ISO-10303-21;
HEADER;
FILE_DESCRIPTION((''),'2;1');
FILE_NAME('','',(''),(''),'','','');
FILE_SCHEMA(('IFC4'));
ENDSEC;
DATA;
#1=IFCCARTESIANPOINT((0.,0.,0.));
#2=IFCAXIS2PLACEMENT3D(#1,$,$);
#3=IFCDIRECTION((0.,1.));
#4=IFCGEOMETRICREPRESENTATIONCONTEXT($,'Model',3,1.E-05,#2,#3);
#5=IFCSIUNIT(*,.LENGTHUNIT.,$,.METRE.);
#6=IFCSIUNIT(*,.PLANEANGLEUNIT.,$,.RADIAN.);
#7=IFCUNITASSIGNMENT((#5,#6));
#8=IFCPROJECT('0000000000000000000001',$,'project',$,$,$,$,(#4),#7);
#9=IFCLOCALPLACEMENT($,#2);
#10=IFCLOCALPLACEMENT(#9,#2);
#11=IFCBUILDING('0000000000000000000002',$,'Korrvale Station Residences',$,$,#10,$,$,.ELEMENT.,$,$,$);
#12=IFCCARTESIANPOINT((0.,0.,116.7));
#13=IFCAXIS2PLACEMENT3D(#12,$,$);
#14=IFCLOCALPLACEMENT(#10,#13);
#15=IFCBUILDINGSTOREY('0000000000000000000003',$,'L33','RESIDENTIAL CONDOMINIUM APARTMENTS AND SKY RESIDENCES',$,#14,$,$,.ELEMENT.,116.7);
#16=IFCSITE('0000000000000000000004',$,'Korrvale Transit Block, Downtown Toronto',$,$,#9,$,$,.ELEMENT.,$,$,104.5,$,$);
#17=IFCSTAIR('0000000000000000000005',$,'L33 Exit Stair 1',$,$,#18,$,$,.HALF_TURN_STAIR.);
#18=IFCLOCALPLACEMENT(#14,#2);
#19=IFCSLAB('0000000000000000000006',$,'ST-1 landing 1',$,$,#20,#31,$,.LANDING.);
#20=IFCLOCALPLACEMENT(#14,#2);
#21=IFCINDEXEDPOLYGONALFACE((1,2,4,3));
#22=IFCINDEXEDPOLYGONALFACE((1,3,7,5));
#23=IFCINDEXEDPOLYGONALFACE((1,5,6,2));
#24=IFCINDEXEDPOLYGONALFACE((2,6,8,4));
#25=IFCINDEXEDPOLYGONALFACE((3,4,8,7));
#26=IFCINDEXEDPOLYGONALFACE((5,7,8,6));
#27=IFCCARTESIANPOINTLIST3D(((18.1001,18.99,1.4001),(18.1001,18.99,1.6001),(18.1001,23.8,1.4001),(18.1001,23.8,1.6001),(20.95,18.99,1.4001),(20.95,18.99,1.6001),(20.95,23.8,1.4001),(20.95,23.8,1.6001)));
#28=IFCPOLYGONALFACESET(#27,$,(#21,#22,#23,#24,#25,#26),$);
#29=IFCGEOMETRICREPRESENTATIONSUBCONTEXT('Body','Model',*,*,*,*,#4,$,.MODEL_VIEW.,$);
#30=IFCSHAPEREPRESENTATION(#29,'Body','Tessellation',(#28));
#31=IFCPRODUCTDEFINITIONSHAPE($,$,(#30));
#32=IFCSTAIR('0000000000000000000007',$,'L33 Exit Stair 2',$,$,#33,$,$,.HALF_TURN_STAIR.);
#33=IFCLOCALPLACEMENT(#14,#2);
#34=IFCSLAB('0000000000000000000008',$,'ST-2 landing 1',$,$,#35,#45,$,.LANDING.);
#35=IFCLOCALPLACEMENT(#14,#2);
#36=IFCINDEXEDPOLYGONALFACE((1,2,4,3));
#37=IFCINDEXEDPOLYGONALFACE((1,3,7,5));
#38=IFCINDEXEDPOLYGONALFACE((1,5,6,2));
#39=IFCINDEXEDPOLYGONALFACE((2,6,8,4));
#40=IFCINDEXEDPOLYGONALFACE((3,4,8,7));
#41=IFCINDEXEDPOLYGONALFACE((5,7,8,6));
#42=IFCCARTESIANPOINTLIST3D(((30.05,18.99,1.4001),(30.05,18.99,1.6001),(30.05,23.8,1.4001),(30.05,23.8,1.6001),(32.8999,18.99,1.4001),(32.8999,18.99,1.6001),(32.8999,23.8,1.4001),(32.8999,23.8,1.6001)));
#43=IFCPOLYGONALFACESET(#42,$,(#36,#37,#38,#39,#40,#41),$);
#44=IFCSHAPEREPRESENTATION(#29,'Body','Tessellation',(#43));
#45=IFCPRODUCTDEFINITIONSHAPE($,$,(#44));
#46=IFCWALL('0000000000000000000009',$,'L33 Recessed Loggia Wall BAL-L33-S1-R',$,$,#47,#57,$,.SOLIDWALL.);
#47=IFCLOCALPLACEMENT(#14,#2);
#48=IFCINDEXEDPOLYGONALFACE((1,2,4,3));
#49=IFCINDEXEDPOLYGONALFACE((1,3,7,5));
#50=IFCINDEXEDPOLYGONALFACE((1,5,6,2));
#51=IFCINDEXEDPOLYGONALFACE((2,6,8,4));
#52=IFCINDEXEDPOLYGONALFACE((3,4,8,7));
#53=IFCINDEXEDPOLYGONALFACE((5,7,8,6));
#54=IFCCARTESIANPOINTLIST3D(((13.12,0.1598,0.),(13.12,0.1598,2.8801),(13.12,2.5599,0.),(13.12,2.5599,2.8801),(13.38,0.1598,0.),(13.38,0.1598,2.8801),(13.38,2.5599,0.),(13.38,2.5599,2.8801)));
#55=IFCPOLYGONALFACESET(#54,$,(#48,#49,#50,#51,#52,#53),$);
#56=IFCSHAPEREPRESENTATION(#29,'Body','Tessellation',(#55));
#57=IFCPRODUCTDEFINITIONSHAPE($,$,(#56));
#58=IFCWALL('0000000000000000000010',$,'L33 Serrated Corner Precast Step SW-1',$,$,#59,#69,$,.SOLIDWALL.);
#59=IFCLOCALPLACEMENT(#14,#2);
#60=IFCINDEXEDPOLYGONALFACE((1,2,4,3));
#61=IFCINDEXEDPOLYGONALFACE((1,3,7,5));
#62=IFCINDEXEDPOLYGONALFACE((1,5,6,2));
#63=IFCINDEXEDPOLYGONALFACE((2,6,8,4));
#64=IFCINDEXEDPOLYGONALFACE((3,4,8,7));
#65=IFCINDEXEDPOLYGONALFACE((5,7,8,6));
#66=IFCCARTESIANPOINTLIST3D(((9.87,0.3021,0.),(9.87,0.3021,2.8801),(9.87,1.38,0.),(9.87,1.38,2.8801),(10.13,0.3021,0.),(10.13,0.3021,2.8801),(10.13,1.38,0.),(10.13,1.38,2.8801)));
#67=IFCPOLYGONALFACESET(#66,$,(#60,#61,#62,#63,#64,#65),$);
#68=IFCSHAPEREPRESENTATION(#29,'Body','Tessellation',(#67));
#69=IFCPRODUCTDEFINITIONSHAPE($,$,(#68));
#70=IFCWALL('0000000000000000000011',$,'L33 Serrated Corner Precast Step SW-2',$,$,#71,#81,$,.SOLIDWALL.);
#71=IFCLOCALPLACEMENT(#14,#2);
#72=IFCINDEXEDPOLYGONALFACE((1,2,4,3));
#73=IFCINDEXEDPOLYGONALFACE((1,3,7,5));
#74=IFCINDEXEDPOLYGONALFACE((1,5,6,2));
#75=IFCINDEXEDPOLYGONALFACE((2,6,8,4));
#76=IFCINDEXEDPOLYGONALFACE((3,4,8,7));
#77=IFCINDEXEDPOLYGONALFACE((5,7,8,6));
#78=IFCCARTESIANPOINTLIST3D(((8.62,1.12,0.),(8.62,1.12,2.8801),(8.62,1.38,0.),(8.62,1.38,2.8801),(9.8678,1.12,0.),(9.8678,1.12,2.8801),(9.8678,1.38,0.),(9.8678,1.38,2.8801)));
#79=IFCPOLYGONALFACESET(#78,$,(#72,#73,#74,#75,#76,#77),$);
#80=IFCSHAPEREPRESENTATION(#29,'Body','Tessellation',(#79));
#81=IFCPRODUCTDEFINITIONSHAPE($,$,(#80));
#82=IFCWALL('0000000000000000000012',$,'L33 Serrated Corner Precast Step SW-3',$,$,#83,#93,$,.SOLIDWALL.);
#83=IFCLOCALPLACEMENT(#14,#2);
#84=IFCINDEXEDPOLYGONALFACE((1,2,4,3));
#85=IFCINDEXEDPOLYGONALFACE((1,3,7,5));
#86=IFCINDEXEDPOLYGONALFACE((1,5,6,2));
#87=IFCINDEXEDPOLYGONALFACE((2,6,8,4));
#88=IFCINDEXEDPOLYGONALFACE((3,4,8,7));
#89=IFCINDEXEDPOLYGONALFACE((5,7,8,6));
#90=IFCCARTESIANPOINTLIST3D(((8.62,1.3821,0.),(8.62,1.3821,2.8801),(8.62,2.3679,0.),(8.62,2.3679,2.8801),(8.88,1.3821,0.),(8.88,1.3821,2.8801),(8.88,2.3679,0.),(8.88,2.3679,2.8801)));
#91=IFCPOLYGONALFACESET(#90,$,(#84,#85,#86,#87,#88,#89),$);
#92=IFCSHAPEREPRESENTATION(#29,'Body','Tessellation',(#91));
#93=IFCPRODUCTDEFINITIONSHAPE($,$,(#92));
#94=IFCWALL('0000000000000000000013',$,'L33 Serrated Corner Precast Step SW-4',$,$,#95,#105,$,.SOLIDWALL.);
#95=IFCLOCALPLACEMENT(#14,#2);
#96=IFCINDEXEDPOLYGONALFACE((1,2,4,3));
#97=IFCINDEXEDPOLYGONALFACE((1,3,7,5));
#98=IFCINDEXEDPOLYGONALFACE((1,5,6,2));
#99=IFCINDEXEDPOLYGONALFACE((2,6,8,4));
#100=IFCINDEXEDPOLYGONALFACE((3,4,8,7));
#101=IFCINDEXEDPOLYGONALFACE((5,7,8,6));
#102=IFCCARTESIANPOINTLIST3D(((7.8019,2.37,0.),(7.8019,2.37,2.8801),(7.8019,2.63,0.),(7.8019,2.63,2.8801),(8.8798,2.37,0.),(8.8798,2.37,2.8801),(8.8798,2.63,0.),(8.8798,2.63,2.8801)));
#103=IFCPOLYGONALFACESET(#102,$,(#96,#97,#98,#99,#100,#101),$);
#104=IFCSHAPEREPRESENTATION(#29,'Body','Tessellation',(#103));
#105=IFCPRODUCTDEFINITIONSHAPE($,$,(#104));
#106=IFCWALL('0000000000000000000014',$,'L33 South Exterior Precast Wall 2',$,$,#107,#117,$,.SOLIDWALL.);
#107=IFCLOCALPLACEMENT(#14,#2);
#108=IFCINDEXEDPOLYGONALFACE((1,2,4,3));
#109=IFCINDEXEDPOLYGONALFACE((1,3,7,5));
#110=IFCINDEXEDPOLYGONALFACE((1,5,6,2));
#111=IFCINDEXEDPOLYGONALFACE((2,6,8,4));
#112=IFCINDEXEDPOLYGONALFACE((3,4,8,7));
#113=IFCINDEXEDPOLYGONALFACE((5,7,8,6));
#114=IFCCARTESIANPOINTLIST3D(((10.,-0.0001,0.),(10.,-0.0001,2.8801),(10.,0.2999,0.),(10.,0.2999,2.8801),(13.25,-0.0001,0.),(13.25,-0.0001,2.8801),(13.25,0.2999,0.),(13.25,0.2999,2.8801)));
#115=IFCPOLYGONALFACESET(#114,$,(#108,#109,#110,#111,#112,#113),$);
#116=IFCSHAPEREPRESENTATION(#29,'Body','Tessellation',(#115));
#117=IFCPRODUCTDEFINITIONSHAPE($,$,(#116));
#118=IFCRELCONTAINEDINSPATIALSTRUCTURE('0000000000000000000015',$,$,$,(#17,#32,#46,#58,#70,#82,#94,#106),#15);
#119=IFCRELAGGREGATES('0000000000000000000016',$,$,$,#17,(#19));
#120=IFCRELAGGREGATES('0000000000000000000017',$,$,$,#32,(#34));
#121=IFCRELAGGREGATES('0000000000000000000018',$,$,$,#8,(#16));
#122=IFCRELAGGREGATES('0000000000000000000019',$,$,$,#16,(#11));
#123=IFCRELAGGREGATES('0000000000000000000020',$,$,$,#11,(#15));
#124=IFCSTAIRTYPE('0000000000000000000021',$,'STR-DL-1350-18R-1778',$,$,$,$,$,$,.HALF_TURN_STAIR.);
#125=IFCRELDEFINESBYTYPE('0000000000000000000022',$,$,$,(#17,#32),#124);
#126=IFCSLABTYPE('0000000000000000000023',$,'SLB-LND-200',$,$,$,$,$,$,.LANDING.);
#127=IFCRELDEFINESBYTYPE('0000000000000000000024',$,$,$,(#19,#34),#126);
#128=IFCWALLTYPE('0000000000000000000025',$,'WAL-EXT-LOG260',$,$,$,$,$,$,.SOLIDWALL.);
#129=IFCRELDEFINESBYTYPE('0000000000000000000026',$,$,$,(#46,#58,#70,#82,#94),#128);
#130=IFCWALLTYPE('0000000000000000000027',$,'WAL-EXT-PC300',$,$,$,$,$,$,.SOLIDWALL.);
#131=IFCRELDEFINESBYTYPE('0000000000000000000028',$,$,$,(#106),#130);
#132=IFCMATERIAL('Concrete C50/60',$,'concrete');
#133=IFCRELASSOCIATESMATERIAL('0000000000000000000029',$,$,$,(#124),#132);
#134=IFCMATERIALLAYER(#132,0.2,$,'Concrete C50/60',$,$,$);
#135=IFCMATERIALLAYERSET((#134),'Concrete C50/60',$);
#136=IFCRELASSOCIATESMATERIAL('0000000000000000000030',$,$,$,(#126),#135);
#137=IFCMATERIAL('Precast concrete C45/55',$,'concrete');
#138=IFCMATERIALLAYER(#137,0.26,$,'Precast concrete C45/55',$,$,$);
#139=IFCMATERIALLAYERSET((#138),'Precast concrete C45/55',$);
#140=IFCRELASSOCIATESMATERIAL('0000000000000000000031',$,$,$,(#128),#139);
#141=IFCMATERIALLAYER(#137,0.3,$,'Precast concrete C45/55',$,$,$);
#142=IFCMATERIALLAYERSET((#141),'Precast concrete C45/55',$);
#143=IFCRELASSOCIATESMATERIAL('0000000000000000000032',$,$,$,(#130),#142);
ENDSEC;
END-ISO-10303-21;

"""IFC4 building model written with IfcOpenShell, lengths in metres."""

from ifc_helpers import new_model, si_unit, direction, frame, frame_2d, origin, place, context, subcontext, project, spatial, polyline, rectangle, outline, extrude, material, layer, layer_set, type_object, element, aggregate, save


model = new_model("IFC4")

# Units and contexts
model_context = context("Model", 3, precision=1e-05, world=origin(), true_north=direction((0.0, 1.0)))
body_context = subcontext(model_context, "Body", "Model", "MODEL_VIEW")
ifc_project = project(units=[si_unit("LENGTHUNIT", "METRE"), si_unit("PLANEANGLEUNIT", "RADIAN")], contexts=[model_context])

# Site, building, storey
site_placement = place(None, origin())
site = spatial("IfcSite", under=ifc_project, at=site_placement, Name="Korrvale Transit Block, Downtown Toronto", CompositionType="ELEMENT", RefElevation=104.5)
building_placement = place(site_placement, origin())
building = spatial("IfcBuilding", under=site, at=building_placement, Name="Korrvale Station Residences", CompositionType="ELEMENT")
storey_placement = place(building_placement, frame((0.0, 0.0, 116.7)))
storey = spatial("IfcBuildingStorey", under=building, at=storey_placement, Name="L33", Description="RESIDENTIAL CONDOMINIUM APARTMENTS AND SKY RESIDENCES", CompositionType="ELEMENT", Elevation=116.7)

# Shared definitions
ifc_material_1 = material(Name="Concrete C50/60", Category="concrete")

# Stairs, slabs
stair_type = type_object("IfcStairType", Name="STR-DL-1350-18R-1778", PredefinedType="HALF_TURN_STAIR", material=ifc_material_1)
stair_1_placement = place(storey_placement, origin())
stair_1 = element("IfcStair", 1, at=stair_1_placement, inside=storey, type_object=stair_type, Name="L33 Exit Stair 1", PredefinedType="HALF_TURN_STAIR")
ifc_layer_1 = layer(ifc_material_1, 0.2, Name="Concrete C50/60")
ifc_layer_set_1 = layer_set([ifc_layer_1], Name="Concrete C50/60")
slab_type_1 = type_object("IfcSlabType", Name="SLB-LND-200", PredefinedType="LANDING", material=ifc_layer_set_1)
slab_1_placement = place(storey_placement, frame((0.0, 0.0, 1.4001)))
slab_1 = element("IfcSlab", 2, at=slab_1_placement, type_object=slab_type_1, Name="ST-1 landing 1", PredefinedType="LANDING", context=body_context, shape_type="SweptSolid", body=[
    extrude(outline(polyline([(20.95, 18.99), (20.95, 23.8), (18.1001, 23.8), (18.1001, 18.99), (20.95, 18.99)])), origin(), (0.0, 0.0, 1.0), 0.2),
])
aggregate(stair_1, [slab_1])
stair_2_placement = place(storey_placement, origin())
stair_2 = element("IfcStair", 3, at=stair_2_placement, inside=storey, type_object=stair_type, Name="L33 Exit Stair 2", PredefinedType="HALF_TURN_STAIR")
slab_2_placement = place(storey_placement, frame((0.0, 0.0, 1.4001)))
slab_2 = element("IfcSlab", 4, at=slab_2_placement, type_object=slab_type_1, Name="ST-2 landing 1", PredefinedType="LANDING", context=body_context, shape_type="SweptSolid", body=[
    extrude(outline(polyline([(32.8999, 18.99), (32.8999, 23.8), (30.05, 23.8), (30.05, 18.99), (32.8999, 18.99)])), origin(), (0.0, 0.0, 1.0), 0.2),
])
aggregate(stair_2, [slab_2])

# Walls
ifc_material_2 = material(Name="Precast concrete C45/55", Category="concrete")
ifc_layer_2 = layer(ifc_material_2, 0.26, Name="Precast concrete C45/55")
ifc_layer_set_2 = layer_set([ifc_layer_2], Name="Precast concrete C45/55")
wall_type_1 = type_object("IfcWallType", Name="WAL-EXT-LOG260", PredefinedType="SOLIDWALL", material=ifc_layer_set_2)
wall_1_placement = place(storey_placement, frame((13.25, 2.5601, 0.0), z_axis=(0.0, 0.0, 1.0), x_axis=(0.0, -1.0, 0.0)))
element("IfcWall", 5, at=wall_1_placement, inside=storey, type_object=wall_type_1, Name="L33 Recessed Loggia Wall BAL-L33-S1-R", PredefinedType="SOLIDWALL", context=body_context, shape_type="SweptSolid", body=[
    extrude(rectangle(XDim=2.4001, YDim=0.26, at=frame_2d((1.2002, 0.0))), origin(), (0.0, 0.0, 1.0), 2.8801),
])
wall_2_placement = place(storey_placement, frame((10.0, 0.302, 0.0), z_axis=(0.0, 0.0, 1.0), x_axis=(0.0, 1.0, 0.0)))
element("IfcWall", 6, at=wall_2_placement, inside=storey, type_object=wall_type_1, Name="L33 Serrated Corner Precast Step SW-1", PredefinedType="SOLIDWALL", context=body_context, shape_type="SweptSolid", body=[
    extrude(rectangle(XDim=1.0779, YDim=0.26, at=frame_2d((0.5391, 0.0))), origin(), (0.0, 0.0, 1.0), 2.8801),
])
wall_3_placement = place(storey_placement, frame((9.8679, 1.25, 0.0), z_axis=(0.0, 0.0, 1.0), x_axis=(-1.0, 0.0, 0.0)))
element("IfcWall", 7, at=wall_3_placement, inside=storey, type_object=wall_type_1, Name="L33 Serrated Corner Precast Step SW-2", PredefinedType="SOLIDWALL", context=body_context, shape_type="SweptSolid", body=[
    extrude(rectangle(XDim=1.2478, YDim=0.26, at=frame_2d((0.624, 0.0))), origin(), (0.0, 0.0, 1.0), 2.8801),
])
wall_4_placement = place(storey_placement, frame((8.75, 1.3821, 0.0), z_axis=(0.0, 0.0, 1.0), x_axis=(0.0, 1.0, 0.0)))
element("IfcWall", 8, at=wall_4_placement, inside=storey, type_object=wall_type_1, Name="L33 Serrated Corner Precast Step SW-3", PredefinedType="SOLIDWALL", context=body_context, shape_type="SweptSolid", body=[
    extrude(rectangle(XDim=0.9858, YDim=0.26, at=frame_2d((0.4929, 0.0))), origin(), (0.0, 0.0, 1.0), 2.8801),
])
wall_5_placement = place(storey_placement, frame((8.8799, 2.5, 0.0), z_axis=(0.0, 0.0, 1.0), x_axis=(-1.0, 0.0, 0.0)))
element("IfcWall", 9, at=wall_5_placement, inside=storey, type_object=wall_type_1, Name="L33 Serrated Corner Precast Step SW-4", PredefinedType="SOLIDWALL", context=body_context, shape_type="SweptSolid", body=[
    extrude(rectangle(XDim=1.0779, YDim=0.26, at=frame_2d((0.5391, 0.0))), origin(), (0.0, 0.0, 1.0), 2.8801),
])
ifc_layer_3 = layer(ifc_material_2, 0.3, Name="Precast concrete C45/55")
ifc_layer_set_3 = layer_set([ifc_layer_3], Name="Precast concrete C45/55")
wall_type_2 = type_object("IfcWallType", Name="WAL-EXT-PC300", PredefinedType="SOLIDWALL", material=ifc_layer_set_3)
wall_6_placement = place(storey_placement, frame((13.25, 0.1499, 0.0), z_axis=(0.0, 0.0, 1.0), x_axis=(-1.0, 0.0, 0.0)))
element("IfcWall", 10, at=wall_6_placement, inside=storey, type_object=wall_type_2, Name="L33 South Exterior Precast Wall 2", PredefinedType="SOLIDWALL", context=body_context, shape_type="SweptSolid", body=[
    extrude(rectangle(XDim=3.25, YDim=0.3, at=frame_2d((1.625, 0.0))), origin(), (0.0, 0.0, 1.0), 2.8801),
])

save(model, "model.ifc")
